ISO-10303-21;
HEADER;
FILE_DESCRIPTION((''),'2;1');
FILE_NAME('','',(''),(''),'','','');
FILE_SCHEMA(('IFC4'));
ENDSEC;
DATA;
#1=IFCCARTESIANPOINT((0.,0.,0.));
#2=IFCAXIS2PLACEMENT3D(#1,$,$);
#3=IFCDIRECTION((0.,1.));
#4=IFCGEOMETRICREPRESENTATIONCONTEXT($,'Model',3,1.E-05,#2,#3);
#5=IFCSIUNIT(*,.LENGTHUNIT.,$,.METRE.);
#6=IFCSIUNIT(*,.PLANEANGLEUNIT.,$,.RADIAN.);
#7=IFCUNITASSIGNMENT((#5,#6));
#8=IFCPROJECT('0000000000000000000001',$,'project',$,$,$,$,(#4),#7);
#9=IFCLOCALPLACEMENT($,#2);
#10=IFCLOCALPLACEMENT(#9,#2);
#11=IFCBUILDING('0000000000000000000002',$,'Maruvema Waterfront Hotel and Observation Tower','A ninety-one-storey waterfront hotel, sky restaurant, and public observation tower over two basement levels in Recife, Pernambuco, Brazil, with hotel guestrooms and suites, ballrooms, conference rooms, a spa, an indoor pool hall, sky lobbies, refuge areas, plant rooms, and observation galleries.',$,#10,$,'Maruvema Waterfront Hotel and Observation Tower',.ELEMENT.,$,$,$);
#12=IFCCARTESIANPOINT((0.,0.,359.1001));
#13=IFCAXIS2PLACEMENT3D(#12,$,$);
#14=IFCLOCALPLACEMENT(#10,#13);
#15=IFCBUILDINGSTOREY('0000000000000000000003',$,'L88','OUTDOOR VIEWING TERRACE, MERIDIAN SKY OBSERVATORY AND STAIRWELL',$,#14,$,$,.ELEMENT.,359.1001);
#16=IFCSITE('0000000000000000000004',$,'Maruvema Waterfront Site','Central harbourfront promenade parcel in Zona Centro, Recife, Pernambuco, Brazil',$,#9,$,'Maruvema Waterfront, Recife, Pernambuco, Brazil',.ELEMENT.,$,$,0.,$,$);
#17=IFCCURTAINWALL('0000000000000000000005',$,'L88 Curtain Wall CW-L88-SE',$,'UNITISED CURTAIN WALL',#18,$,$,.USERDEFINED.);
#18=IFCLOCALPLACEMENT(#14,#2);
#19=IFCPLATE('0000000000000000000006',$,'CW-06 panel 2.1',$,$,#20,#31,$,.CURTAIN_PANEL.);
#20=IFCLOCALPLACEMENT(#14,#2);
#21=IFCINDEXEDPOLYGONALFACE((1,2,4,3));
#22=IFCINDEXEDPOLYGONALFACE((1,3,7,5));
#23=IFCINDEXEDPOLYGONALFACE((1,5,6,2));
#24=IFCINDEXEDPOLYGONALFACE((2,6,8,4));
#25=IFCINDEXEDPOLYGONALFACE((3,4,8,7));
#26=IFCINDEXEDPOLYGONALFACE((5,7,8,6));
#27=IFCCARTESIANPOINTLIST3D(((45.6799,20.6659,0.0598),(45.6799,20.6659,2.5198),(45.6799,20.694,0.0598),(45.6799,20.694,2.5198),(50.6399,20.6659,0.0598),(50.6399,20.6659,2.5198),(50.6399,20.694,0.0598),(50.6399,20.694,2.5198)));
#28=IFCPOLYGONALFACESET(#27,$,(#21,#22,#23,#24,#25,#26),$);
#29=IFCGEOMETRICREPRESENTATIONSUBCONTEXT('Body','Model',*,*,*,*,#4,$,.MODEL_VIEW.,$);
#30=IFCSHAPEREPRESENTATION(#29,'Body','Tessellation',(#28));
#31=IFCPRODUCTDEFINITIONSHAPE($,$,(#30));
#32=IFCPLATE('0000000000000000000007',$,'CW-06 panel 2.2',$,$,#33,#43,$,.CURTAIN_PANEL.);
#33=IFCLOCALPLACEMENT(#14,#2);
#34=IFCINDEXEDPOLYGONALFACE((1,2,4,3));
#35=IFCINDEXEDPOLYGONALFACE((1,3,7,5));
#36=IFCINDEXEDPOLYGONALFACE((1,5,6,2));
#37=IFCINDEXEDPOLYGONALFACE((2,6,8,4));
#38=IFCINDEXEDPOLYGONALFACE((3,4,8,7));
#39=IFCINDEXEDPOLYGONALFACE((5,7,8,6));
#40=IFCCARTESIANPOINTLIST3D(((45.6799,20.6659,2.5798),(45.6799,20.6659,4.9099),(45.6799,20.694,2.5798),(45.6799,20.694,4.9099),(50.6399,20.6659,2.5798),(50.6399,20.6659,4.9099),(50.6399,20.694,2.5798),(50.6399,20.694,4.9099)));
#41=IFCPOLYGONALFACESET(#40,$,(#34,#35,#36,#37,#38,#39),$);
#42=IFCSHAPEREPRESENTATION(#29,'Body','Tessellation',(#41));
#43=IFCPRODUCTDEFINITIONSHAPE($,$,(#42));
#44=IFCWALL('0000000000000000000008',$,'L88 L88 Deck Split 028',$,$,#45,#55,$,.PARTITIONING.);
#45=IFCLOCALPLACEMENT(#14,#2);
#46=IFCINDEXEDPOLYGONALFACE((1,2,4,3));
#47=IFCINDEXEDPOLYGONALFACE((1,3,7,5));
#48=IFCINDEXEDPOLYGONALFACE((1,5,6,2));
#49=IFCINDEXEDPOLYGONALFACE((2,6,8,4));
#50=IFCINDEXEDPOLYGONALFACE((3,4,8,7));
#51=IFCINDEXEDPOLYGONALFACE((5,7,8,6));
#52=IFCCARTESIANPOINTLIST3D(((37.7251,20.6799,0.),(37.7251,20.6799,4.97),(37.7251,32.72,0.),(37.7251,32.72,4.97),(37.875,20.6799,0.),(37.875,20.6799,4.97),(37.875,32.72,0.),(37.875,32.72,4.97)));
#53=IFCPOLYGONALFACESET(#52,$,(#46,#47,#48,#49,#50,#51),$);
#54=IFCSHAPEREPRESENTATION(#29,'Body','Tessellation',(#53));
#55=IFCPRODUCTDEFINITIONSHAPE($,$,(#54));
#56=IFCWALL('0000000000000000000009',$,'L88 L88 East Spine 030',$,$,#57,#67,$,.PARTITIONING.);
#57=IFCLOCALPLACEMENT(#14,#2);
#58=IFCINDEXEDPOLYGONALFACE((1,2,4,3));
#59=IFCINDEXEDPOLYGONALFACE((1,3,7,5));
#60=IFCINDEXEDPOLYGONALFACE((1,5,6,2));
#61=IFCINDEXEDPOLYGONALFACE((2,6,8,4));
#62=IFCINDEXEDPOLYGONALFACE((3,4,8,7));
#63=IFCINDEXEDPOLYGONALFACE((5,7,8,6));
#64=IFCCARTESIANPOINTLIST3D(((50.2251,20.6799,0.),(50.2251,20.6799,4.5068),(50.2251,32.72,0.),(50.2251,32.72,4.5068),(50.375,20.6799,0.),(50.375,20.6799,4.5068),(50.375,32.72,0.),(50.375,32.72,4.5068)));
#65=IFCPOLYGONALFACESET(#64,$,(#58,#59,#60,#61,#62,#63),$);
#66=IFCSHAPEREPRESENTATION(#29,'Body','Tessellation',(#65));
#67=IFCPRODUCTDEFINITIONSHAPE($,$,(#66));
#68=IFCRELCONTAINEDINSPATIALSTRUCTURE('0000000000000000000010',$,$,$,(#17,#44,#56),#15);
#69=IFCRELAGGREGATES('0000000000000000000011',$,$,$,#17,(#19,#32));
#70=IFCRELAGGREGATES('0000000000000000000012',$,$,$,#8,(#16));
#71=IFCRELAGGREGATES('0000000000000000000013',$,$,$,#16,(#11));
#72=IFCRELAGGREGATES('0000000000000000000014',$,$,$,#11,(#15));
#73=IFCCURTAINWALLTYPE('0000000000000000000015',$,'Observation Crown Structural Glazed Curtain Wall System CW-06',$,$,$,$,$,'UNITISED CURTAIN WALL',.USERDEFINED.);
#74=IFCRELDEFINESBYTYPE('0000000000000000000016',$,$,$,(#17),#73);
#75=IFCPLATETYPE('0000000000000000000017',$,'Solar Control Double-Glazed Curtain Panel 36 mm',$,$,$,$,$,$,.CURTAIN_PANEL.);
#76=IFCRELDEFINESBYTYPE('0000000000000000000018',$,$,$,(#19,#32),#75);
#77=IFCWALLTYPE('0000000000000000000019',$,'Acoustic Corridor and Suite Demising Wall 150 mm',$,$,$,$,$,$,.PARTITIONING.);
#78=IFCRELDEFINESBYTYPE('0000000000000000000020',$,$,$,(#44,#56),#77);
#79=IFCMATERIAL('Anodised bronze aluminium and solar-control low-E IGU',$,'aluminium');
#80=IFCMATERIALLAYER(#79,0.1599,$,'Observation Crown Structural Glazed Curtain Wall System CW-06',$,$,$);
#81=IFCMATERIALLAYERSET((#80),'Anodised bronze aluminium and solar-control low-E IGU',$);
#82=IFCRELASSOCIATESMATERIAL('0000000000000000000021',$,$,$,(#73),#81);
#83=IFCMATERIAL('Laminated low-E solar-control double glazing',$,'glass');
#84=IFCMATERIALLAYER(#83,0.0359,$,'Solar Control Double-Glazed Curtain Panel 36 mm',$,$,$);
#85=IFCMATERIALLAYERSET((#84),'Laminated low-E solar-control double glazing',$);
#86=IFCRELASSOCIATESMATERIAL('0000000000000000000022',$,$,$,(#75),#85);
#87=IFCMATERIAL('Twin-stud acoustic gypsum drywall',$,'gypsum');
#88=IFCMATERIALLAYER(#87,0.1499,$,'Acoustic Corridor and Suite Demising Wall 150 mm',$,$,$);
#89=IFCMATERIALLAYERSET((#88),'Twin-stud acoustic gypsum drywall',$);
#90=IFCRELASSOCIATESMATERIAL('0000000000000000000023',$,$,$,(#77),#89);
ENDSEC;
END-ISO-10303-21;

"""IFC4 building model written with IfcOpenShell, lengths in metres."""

from ifc_helpers import new_model, si_unit, direction, frame, frame_2d, origin, origin_2d, place, context, subcontext, project, spatial, rectangle, extrude, material, layer, layer_set, type_object, element, aggregate, save


model = new_model("IFC4")

# Units and contexts
model_context = context("Model", 3, precision=1e-05, world=origin(), true_north=direction((0.0, 1.0)))
body_context = subcontext(model_context, "Body", "Model", "MODEL_VIEW")
ifc_project = project(units=[si_unit("LENGTHUNIT", "METRE"), si_unit("PLANEANGLEUNIT", "RADIAN")], contexts=[model_context])

# Site, building, storey
site_placement = place(None, origin())
site = spatial("IfcSite", under=ifc_project, at=site_placement, Name="Maruvema Waterfront Site", Description="Central harbourfront promenade parcel in Zona Centro, Recife, Pernambuco, Brazil", LongName="Maruvema Waterfront, Recife, Pernambuco, Brazil", CompositionType="ELEMENT", RefElevation=0.0)
building_placement = place(site_placement, origin())
building = spatial("IfcBuilding", under=site, at=building_placement, Name="Maruvema Waterfront Hotel and Observation Tower", Description="A ninety-one-storey waterfront hotel, sky restaurant, and public observation tower over two basement levels in Recife, Pernambuco, Brazil, with hotel guestrooms and suites, ballrooms, conference rooms, a spa, an indoor pool hall, sky lobbies, refuge areas, plant rooms, and observation galleries.", LongName="Maruvema Waterfront Hotel and Observation Tower", CompositionType="ELEMENT")
storey_placement = place(building_placement, frame((0.0, 0.0, 359.1001)))
storey = spatial("IfcBuildingStorey", under=building, at=storey_placement, Name="L88", Description="OUTDOOR VIEWING TERRACE, MERIDIAN SKY OBSERVATORY AND STAIRWELL", CompositionType="ELEMENT", Elevation=359.1001)

# Curtain wall
ifc_material_1 = material(Name="Anodised bronze aluminium and solar-control low-E IGU", Category="aluminium")
ifc_layer_1 = layer(ifc_material_1, 0.1599, Name="Observation Crown Structural Glazed Curtain Wall System CW-06")
ifc_layer_set_1 = layer_set([ifc_layer_1], Name="Anodised bronze aluminium and solar-control low-E IGU")
curtain_wall_type = type_object("IfcCurtainWallType", Name="Observation Crown Structural Glazed Curtain Wall System CW-06", ElementType="UNITISED CURTAIN WALL", PredefinedType="USERDEFINED", material=ifc_layer_set_1)
curtain_wall_1_placement = place(storey_placement, origin())
curtain_wall_1 = element("IfcCurtainWall", 1, at=curtain_wall_1_placement, inside=storey, type_object=curtain_wall_type, Name="L88 Curtain Wall CW-L88-SE", ObjectType="UNITISED CURTAIN WALL", PredefinedType="USERDEFINED")

# Plates
ifc_material_2 = material(Name="Laminated low-E solar-control double glazing", Category="glass")
ifc_layer_2 = layer(ifc_material_2, 0.0359, Name="Solar Control Double-Glazed Curtain Panel 36 mm")
ifc_layer_set_2 = layer_set([ifc_layer_2], Name="Laminated low-E solar-control double glazing")
plate_type = type_object("IfcPlateType", Name="Solar Control Double-Glazed Curtain Panel 36 mm", PredefinedType="CURTAIN_PANEL", material=ifc_layer_set_2)
plate_1_placement = place(storey_placement, frame((48.1599, 20.6799, 0.0598), z_axis=(0.0, 0.0, 1.0), x_axis=(1.0, 0.0, 0.0)))
plate_1 = element("IfcPlate", 2, at=plate_1_placement, type_object=plate_type, Name="CW-06 panel 2.1", PredefinedType="CURTAIN_PANEL", context=body_context, shape_type="SweptSolid", body=[
    extrude(rectangle(XDim=4.96, YDim=0.0281, at=origin_2d()), origin(), (0.0, 0.0, 1.0), 2.46),
])
plate_2_placement = place(storey_placement, frame((48.1599, 20.6799, 2.5798), z_axis=(0.0, 0.0, 1.0), x_axis=(1.0, 0.0, 0.0)))
plate_2 = element("IfcPlate", 3, at=plate_2_placement, type_object=plate_type, Name="CW-06 panel 2.2", PredefinedType="CURTAIN_PANEL", context=body_context, shape_type="SweptSolid", body=[
    extrude(rectangle(XDim=4.96, YDim=0.0281, at=origin_2d()), origin(), (0.0, 0.0, 1.0), 2.3301),
])
aggregate(curtain_wall_1, [plate_1, plate_2])

# Walls
ifc_material_3 = material(Name="Twin-stud acoustic gypsum drywall", Category="gypsum")
ifc_layer_3 = layer(ifc_material_3, 0.1499, Name="Acoustic Corridor and Suite Demising Wall 150 mm")
ifc_layer_set_3 = layer_set([ifc_layer_3], Name="Twin-stud acoustic gypsum drywall")
wall_type = type_object("IfcWallType", Name="Acoustic Corridor and Suite Demising Wall 150 mm", PredefinedType="PARTITIONING", material=ifc_layer_set_3)
wall_1_placement = place(storey_placement, frame((37.8, 20.6799, 0.0), z_axis=(0.0, 0.0, 1.0), x_axis=(0.0, 1.0, 0.0)))
element("IfcWall", 4, at=wall_1_placement, inside=storey, type_object=wall_type, Name="L88 L88 Deck Split 028", PredefinedType="PARTITIONING", context=body_context, shape_type="SweptSolid", body=[
    extrude(rectangle(XDim=12.04, YDim=0.1499, at=frame_2d((6.02, 0.0))), origin(), (0.0, 0.0, 1.0), 4.97),
])
wall_2_placement = place(storey_placement, frame((50.3, 20.6799, 0.0), z_axis=(0.0, 0.0, 1.0), x_axis=(0.0, 1.0, 0.0)))
element("IfcWall", 5, at=wall_2_placement, inside=storey, type_object=wall_type, Name="L88 L88 East Spine 030", PredefinedType="PARTITIONING", context=body_context, shape_type="SweptSolid", body=[
    extrude(rectangle(XDim=12.04, YDim=0.1499, at=frame_2d((6.02, 0.0))), origin(), (0.0, 0.0, 1.0), 4.5068),
])

save(model, "model.ifc")
